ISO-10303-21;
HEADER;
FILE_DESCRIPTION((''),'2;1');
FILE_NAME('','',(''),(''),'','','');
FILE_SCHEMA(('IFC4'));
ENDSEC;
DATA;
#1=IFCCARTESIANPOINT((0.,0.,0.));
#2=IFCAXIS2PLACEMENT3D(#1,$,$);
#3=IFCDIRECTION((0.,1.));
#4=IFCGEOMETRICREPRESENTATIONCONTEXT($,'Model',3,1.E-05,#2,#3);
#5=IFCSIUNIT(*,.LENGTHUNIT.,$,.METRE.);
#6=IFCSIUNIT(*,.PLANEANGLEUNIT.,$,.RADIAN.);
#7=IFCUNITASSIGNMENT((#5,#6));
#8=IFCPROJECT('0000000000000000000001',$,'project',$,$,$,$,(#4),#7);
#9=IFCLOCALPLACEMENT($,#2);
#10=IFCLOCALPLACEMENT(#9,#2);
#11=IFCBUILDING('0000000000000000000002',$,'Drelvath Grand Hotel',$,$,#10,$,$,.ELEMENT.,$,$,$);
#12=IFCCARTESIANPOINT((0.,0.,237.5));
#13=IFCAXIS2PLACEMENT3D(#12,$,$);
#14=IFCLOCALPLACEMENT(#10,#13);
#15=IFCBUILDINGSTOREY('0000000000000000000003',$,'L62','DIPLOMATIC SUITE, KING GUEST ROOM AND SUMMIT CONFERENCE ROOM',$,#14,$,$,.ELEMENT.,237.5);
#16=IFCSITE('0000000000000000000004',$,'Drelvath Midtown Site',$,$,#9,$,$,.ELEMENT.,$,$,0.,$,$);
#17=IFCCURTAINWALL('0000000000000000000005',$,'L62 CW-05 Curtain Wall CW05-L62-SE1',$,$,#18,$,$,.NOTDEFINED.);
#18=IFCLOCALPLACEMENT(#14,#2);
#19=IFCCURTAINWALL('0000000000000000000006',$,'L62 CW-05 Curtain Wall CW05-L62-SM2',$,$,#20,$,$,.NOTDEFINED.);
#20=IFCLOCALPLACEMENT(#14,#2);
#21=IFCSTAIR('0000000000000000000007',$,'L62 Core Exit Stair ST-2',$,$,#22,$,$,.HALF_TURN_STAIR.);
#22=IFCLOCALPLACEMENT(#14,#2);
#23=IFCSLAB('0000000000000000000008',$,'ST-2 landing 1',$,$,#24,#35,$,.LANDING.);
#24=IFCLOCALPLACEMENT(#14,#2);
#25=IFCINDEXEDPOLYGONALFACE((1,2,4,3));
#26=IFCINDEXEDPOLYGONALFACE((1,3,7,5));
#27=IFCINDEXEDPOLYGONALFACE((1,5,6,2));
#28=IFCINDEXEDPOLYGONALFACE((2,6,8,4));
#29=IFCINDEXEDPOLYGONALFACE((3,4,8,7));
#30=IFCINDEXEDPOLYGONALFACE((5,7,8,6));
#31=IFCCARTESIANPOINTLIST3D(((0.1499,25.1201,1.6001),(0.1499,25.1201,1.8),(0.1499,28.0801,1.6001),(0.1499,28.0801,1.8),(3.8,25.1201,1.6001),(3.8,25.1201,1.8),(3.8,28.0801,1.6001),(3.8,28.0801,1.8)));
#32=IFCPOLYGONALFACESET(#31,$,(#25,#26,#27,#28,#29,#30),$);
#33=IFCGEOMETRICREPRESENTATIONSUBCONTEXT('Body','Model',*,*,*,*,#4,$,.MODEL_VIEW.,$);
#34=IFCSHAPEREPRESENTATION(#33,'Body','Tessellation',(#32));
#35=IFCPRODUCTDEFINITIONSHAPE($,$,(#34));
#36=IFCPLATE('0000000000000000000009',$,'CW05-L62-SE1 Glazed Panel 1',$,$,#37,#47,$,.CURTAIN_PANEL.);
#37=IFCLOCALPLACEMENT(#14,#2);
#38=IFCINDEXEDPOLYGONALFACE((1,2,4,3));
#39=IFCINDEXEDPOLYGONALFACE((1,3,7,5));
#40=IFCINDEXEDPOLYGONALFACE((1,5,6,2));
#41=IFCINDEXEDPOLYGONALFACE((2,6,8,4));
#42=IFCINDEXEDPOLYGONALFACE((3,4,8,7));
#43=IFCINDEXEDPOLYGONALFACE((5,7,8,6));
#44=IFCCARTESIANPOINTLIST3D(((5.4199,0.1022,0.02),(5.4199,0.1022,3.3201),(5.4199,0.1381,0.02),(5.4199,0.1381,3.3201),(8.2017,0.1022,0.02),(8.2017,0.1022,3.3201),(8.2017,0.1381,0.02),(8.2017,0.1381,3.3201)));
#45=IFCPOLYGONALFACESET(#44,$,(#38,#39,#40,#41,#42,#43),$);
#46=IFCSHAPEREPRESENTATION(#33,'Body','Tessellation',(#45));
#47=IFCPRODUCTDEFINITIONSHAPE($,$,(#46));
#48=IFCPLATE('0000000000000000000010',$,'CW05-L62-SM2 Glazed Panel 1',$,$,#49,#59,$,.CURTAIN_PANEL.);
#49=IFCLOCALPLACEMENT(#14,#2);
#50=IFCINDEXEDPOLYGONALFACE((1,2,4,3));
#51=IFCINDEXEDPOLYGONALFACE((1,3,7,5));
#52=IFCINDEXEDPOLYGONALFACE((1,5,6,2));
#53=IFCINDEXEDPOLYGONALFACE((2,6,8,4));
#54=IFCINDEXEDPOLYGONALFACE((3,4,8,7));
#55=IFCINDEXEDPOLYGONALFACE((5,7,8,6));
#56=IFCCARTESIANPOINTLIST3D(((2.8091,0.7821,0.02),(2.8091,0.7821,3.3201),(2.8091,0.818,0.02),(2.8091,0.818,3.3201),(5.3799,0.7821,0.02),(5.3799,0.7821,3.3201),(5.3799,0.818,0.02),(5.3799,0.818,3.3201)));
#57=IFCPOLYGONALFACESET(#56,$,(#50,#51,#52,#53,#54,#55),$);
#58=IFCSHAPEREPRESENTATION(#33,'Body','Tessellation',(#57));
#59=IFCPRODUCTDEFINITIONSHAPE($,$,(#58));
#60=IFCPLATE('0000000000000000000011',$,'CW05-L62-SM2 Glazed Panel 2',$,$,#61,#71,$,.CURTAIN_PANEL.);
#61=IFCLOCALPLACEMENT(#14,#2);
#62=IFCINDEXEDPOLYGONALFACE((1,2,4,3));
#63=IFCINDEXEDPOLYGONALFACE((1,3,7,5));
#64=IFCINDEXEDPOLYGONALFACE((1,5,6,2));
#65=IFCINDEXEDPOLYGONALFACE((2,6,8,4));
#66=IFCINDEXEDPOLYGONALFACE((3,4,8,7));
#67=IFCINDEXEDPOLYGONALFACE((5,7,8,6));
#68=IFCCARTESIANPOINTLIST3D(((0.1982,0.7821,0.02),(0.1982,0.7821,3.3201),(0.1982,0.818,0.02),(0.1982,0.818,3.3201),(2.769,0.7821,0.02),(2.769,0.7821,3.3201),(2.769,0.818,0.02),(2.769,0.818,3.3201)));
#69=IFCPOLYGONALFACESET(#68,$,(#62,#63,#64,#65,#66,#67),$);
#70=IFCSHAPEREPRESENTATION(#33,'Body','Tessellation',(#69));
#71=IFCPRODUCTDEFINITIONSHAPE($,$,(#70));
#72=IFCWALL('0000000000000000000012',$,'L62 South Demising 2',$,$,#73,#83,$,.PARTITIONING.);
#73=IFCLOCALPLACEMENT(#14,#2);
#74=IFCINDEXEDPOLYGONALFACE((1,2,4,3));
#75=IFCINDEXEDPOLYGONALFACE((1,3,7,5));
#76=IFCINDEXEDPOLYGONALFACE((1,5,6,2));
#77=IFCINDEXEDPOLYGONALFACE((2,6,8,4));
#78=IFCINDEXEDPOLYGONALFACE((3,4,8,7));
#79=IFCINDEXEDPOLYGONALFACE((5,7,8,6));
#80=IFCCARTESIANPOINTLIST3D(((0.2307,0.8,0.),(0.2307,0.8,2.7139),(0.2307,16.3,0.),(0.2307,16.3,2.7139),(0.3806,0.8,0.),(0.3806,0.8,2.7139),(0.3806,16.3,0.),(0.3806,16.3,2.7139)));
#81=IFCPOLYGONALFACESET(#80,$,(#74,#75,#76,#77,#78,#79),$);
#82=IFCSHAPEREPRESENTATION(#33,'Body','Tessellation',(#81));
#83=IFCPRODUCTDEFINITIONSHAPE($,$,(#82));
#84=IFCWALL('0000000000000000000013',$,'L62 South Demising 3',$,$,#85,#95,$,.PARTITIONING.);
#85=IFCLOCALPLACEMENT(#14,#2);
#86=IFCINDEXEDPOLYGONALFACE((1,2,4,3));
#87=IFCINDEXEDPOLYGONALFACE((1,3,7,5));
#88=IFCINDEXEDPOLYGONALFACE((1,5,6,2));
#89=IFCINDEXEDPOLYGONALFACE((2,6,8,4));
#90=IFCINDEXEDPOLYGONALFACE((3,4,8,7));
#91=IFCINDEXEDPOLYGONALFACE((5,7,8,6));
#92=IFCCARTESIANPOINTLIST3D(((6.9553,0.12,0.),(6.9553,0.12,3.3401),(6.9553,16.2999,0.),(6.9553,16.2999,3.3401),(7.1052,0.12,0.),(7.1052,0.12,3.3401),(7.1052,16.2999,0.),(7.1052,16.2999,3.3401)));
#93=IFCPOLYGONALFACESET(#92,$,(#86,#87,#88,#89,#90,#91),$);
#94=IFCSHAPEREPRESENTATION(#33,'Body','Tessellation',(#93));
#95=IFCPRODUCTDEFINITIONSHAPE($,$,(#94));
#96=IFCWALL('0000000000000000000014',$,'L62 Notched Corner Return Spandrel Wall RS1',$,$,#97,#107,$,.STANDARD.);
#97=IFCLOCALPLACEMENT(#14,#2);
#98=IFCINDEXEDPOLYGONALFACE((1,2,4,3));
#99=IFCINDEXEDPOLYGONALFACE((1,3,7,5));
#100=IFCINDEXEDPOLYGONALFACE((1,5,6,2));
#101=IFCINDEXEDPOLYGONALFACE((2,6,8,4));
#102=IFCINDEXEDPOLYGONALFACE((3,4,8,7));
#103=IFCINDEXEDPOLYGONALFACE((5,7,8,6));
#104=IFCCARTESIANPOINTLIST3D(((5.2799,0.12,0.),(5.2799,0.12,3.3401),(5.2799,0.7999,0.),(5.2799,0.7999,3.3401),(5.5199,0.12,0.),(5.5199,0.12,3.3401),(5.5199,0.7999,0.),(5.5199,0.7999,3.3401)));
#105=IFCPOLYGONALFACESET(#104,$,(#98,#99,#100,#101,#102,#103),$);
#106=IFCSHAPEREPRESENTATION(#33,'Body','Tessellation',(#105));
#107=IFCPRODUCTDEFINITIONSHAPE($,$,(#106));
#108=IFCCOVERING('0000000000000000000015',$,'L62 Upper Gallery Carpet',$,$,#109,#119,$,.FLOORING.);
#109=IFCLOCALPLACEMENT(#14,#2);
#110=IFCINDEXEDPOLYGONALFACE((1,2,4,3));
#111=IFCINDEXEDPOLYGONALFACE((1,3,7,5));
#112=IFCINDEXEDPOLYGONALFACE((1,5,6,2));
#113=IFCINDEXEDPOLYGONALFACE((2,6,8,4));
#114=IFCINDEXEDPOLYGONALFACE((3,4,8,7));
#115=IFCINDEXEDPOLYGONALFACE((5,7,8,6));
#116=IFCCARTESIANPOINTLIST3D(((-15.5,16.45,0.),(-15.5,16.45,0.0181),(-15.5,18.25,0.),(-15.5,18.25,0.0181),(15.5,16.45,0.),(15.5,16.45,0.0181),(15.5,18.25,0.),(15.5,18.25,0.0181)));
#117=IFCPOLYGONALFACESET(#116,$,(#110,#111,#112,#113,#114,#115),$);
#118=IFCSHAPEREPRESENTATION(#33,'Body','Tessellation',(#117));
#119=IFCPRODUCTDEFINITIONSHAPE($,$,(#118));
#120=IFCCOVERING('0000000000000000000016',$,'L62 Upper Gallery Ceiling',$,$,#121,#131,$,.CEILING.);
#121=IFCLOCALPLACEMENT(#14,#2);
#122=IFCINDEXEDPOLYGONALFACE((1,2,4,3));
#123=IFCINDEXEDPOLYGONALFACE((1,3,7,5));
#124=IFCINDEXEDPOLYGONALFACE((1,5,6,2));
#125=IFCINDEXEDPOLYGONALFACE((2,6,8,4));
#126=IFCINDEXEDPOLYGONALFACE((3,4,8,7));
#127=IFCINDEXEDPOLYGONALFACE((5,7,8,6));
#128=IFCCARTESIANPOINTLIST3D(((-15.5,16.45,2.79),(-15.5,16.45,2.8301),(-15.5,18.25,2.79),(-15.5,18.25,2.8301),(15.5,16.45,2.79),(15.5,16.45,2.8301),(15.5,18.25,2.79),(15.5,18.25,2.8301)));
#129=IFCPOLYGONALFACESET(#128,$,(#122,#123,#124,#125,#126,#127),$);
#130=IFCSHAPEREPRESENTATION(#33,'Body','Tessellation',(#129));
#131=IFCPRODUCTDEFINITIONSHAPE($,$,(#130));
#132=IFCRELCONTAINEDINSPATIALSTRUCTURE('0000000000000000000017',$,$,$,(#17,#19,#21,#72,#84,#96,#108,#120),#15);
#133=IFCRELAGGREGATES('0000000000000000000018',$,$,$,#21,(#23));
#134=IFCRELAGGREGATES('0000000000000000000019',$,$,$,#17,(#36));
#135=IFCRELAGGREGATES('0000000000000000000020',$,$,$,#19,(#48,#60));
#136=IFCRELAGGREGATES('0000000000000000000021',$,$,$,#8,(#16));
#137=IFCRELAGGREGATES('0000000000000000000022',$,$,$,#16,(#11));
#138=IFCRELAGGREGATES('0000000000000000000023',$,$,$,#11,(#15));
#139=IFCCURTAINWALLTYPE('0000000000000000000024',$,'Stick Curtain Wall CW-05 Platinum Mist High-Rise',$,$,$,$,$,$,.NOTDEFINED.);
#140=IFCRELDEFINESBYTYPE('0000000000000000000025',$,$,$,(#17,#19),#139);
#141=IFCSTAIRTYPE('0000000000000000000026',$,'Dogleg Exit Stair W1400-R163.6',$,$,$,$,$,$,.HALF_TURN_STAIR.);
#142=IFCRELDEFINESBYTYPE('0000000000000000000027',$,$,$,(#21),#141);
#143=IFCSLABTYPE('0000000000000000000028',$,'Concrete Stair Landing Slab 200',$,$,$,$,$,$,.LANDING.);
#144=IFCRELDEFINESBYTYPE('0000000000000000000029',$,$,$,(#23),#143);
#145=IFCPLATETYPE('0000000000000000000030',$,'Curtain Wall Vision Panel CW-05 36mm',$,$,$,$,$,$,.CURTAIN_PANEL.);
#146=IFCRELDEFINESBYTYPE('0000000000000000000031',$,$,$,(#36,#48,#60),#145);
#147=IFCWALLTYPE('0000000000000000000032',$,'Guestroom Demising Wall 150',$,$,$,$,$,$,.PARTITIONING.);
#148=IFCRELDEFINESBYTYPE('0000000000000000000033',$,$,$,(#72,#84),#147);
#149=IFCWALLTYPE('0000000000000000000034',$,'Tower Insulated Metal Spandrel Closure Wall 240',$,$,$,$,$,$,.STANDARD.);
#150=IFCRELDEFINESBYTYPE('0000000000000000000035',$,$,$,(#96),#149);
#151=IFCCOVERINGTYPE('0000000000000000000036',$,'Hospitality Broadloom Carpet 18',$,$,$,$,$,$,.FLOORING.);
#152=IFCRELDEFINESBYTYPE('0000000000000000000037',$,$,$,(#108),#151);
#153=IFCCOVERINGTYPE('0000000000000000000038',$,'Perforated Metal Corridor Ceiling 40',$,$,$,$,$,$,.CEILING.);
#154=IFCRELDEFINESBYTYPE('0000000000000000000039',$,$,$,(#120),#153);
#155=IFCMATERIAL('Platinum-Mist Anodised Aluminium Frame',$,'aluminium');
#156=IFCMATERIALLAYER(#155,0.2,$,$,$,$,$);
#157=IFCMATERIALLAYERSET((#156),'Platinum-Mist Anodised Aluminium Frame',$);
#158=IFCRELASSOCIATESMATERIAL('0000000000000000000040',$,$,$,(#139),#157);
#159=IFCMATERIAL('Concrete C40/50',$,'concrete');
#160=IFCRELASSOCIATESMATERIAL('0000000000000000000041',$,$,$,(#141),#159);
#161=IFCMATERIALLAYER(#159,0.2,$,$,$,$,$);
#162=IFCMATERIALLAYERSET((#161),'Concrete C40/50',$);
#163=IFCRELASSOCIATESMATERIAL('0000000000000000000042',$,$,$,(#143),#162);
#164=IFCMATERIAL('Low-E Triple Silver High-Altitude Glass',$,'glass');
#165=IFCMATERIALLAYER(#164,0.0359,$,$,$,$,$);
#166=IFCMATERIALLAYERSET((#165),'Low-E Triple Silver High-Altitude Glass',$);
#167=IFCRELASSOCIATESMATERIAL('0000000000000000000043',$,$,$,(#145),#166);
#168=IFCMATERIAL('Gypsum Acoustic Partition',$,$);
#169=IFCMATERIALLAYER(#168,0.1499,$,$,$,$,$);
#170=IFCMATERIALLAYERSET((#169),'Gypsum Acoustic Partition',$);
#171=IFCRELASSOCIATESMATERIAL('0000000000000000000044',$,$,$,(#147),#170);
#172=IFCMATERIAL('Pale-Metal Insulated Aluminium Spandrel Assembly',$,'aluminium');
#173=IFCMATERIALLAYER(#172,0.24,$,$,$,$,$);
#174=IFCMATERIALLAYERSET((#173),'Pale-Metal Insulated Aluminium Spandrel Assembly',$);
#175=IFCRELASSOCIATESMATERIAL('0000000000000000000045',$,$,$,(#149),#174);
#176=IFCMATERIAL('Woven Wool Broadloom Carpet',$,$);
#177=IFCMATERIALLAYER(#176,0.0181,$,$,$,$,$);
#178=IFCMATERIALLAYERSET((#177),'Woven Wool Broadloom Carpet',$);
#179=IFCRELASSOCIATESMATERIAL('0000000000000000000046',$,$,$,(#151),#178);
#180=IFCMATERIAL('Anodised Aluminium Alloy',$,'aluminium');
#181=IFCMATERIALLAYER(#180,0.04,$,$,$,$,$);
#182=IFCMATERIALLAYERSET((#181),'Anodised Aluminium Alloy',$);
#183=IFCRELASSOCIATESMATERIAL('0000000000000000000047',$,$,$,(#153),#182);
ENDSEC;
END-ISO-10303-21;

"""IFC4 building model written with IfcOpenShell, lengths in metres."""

from ifc_helpers import new_model, si_unit, direction, frame, frame_2d, origin, origin_2d, place, context, subcontext, project, spatial, polyline, rectangle, outline, extrude, material, layer, layer_set, type_object, element, aggregate, save


model = new_model("IFC4")

# Units and contexts
model_context = context("Model", 3, precision=1e-05, world=origin(), true_north=direction((0.0, 1.0)))
body_context = subcontext(model_context, "Body", "Model", "MODEL_VIEW")
ifc_project = project(units=[si_unit("LENGTHUNIT", "METRE"), si_unit("PLANEANGLEUNIT", "RADIAN")], contexts=[model_context])

# Site, building, storey
site_placement = place(None, origin())
site = spatial("IfcSite", under=ifc_project, at=site_placement, Name="Drelvath Midtown Site", CompositionType="ELEMENT", RefElevation=0.0)
building_placement = place(site_placement, origin())
building = spatial("IfcBuilding", under=site, at=building_placement, Name="Drelvath Grand Hotel", CompositionType="ELEMENT")
storey_placement = place(building_placement, frame((0.0, 0.0, 237.5)))
storey = spatial("IfcBuildingStorey", under=building, at=storey_placement, Name="L62", Description="DIPLOMATIC SUITE, KING GUEST ROOM AND SUMMIT CONFERENCE ROOM", CompositionType="ELEMENT", Elevation=237.5)

# Curtain walls
ifc_material_1 = material(Name="Platinum-Mist Anodised Aluminium Frame", Category="aluminium")
ifc_layer_1 = layer(ifc_material_1, 0.2)
ifc_layer_set_1 = layer_set([ifc_layer_1], Name="Platinum-Mist Anodised Aluminium Frame")
curtain_wall_type = type_object("IfcCurtainWallType", Name="Stick Curtain Wall CW-05 Platinum Mist High-Rise", PredefinedType="NOTDEFINED", material=ifc_layer_set_1)
curtain_wall_1_placement = place(storey_placement, origin())
curtain_wall_1 = element("IfcCurtainWall", 1, at=curtain_wall_1_placement, inside=storey, type_object=curtain_wall_type, Name="L62 CW-05 Curtain Wall CW05-L62-SE1", PredefinedType="NOTDEFINED")
curtain_wall_2_placement = place(storey_placement, origin())
curtain_wall_2 = element("IfcCurtainWall", 2, at=curtain_wall_2_placement, inside=storey, type_object=curtain_wall_type, Name="L62 CW-05 Curtain Wall CW05-L62-SM2", PredefinedType="NOTDEFINED")

# Stair, slab
ifc_material_2 = material(Name="Concrete C40/50", Category="concrete")
stair_type = type_object("IfcStairType", Name="Dogleg Exit Stair W1400-R163.6", PredefinedType="HALF_TURN_STAIR", material=ifc_material_2)
stair_placement = place(storey_placement, origin())
stair = element("IfcStair", 3, at=stair_placement, inside=storey, type_object=stair_type, Name="L62 Core Exit Stair ST-2", PredefinedType="HALF_TURN_STAIR")
ifc_layer_2 = layer(ifc_material_2, 0.2)
ifc_layer_set_2 = layer_set([ifc_layer_2], Name="Concrete C40/50")
slab_type = type_object("IfcSlabType", Name="Concrete Stair Landing Slab 200", PredefinedType="LANDING", material=ifc_layer_set_2)
slab_placement = place(storey_placement, frame((0.0, 0.0, 1.6001)))
slab = element("IfcSlab", 4, at=slab_placement, type_object=slab_type, Name="ST-2 landing 1", PredefinedType="LANDING", context=body_context, shape_type="SweptSolid", body=[
    extrude(outline(polyline([(3.8, 28.0801), (0.1499, 28.0801), (0.1499, 25.1201), (3.8, 25.1201), (3.8, 28.0801)])), origin(), (0.0, 0.0, 1.0), 0.2),
])
aggregate(stair, [slab])

# Plates
ifc_material_3 = material(Name="Low-E Triple Silver High-Altitude Glass", Category="glass")
ifc_layer_3 = layer(ifc_material_3, 0.0359)
ifc_layer_set_3 = layer_set([ifc_layer_3], Name="Low-E Triple Silver High-Altitude Glass")
plate_type = type_object("IfcPlateType", Name="Curtain Wall Vision Panel CW-05 36mm", PredefinedType="CURTAIN_PANEL", material=ifc_layer_set_3)
plate_1_placement = place(storey_placement, frame((6.8108, 0.1201, 0.02), z_axis=(0.0, 0.0, 1.0), x_axis=(-1.0, 0.0, 0.0)))
plate_1 = element("IfcPlate", 5, at=plate_1_placement, type_object=plate_type, Name="CW05-L62-SE1 Glazed Panel 1", PredefinedType="CURTAIN_PANEL", context=body_context, shape_type="SweptSolid", body=[
    extrude(rectangle(XDim=2.7817, YDim=0.0359, at=origin_2d()), origin(), (0.0, 0.0, 1.0), 3.3),
])
aggregate(curtain_wall_1, [plate_1])
plate_2_placement = place(storey_placement, frame((4.0945, 0.8, 0.02), z_axis=(0.0, 0.0, 1.0), x_axis=(-1.0, 0.0, 0.0)))
plate_2 = element("IfcPlate", 6, at=plate_2_placement, type_object=plate_type, Name="CW05-L62-SM2 Glazed Panel 1", PredefinedType="CURTAIN_PANEL", context=body_context, shape_type="SweptSolid", body=[
    extrude(rectangle(XDim=2.5708, YDim=0.0359, at=origin_2d()), origin(), (0.0, 0.0, 1.0), 3.3),
])
plate_3_placement = place(storey_placement, frame((1.4836, 0.8, 0.02), z_axis=(0.0, 0.0, 1.0), x_axis=(-1.0, 0.0, 0.0)))
plate_3 = element("IfcPlate", 7, at=plate_3_placement, type_object=plate_type, Name="CW05-L62-SM2 Glazed Panel 2", PredefinedType="CURTAIN_PANEL", context=body_context, shape_type="SweptSolid", body=[
    extrude(rectangle(XDim=2.5708, YDim=0.0359, at=origin_2d()), origin(), (0.0, 0.0, 1.0), 3.3),
])
aggregate(curtain_wall_2, [plate_2, plate_3])

# Walls
ifc_material_4 = material(Name="Gypsum Acoustic Partition")
ifc_layer_4 = layer(ifc_material_4, 0.1499)
ifc_layer_set_4 = layer_set([ifc_layer_4], Name="Gypsum Acoustic Partition")
wall_type_1 = type_object("IfcWallType", Name="Guestroom Demising Wall 150", PredefinedType="PARTITIONING", material=ifc_layer_set_4)
wall_1_placement = place(storey_placement, frame((0.3057, 0.8, 0.0), z_axis=(0.0, 0.0, 1.0), x_axis=(0.0, 1.0, 0.0)))
element("IfcWall", 8, at=wall_1_placement, inside=storey, type_object=wall_type_1, Name="L62 South Demising 2", PredefinedType="PARTITIONING", context=body_context, shape_type="SweptSolid", body=[
    extrude(rectangle(XDim=15.5, YDim=0.1499, at=frame_2d((7.75, 0.0))), origin(), (0.0, 0.0, 1.0), 2.7139),
])
wall_2_placement = place(storey_placement, frame((7.0303, 0.1201, 0.0), z_axis=(0.0, 0.0, 1.0), x_axis=(0.0, 1.0, 0.0)))
element("IfcWall", 9, at=wall_2_placement, inside=storey, type_object=wall_type_1, Name="L62 South Demising 3", PredefinedType="PARTITIONING", context=body_context, shape_type="SweptSolid", body=[
    extrude(rectangle(XDim=16.1799, YDim=0.1499, at=frame_2d((8.0898, 0.0))), origin(), (0.0, 0.0, 1.0), 3.3401),
])
ifc_material_5 = material(Name="Pale-Metal Insulated Aluminium Spandrel Assembly", Category="aluminium")
ifc_layer_5 = layer(ifc_material_5, 0.24)
ifc_layer_set_5 = layer_set([ifc_layer_5], Name="Pale-Metal Insulated Aluminium Spandrel Assembly")
wall_type_2 = type_object("IfcWallType", Name="Tower Insulated Metal Spandrel Closure Wall 240", PredefinedType="STANDARD", material=ifc_layer_set_5)
wall_3_placement = place(storey_placement, frame((5.3999, 0.1201, 0.0), z_axis=(0.0, 0.0, 1.0), x_axis=(0.0, 1.0, 0.0)))
element("IfcWall", 10, at=wall_3_placement, inside=storey, type_object=wall_type_2, Name="L62 Notched Corner Return Spandrel Wall RS1", PredefinedType="STANDARD", context=body_context, shape_type="SweptSolid", body=[
    extrude(rectangle(XDim=0.6799, YDim=0.24, at=frame_2d((0.3398, 0.0))), origin(), (0.0, 0.0, 1.0), 3.3401),
])

# Coverings
ifc_material_6 = material(Name="Woven Wool Broadloom Carpet")
ifc_layer_6 = layer(ifc_material_6, 0.0181)
ifc_layer_set_6 = layer_set([ifc_layer_6], Name="Woven Wool Broadloom Carpet")
covering_type_1 = type_object("IfcCoveringType", Name="Hospitality Broadloom Carpet 18", PredefinedType="FLOORING", material=ifc_layer_set_6)
covering_1_placement = place(storey_placement, origin())
element("IfcCovering", 11, at=covering_1_placement, inside=storey, type_object=covering_type_1, Name="L62 Upper Gallery Carpet", PredefinedType="FLOORING", context=body_context, shape_type="SweptSolid", body=[
    extrude(outline(polyline([(15.5, 16.45), (15.5, 18.25), (-15.5, 18.25), (-15.5, 16.45), (15.5, 16.45)])), origin(), (0.0, 0.0, 1.0), 0.0181),
])
ifc_material_7 = material(Name="Anodised Aluminium Alloy", Category="aluminium")
ifc_layer_7 = layer(ifc_material_7, 0.04)
ifc_layer_set_7 = layer_set([ifc_layer_7], Name="Anodised Aluminium Alloy")
covering_type_2 = type_object("IfcCoveringType", Name="Perforated Metal Corridor Ceiling 40", PredefinedType="CEILING", material=ifc_layer_set_7)
covering_2_placement = place(storey_placement, frame((0.0, 0.0, 2.79)))
element("IfcCovering", 12, at=covering_2_placement, inside=storey, type_object=covering_type_2, Name="L62 Upper Gallery Ceiling", PredefinedType="CEILING", context=body_context, shape_type="SweptSolid", body=[
    extrude(outline(polyline([(15.5, 16.45), (15.5, 18.25), (-15.5, 18.25), (-15.5, 16.45), (15.5, 16.45)])), origin(), (0.0, 0.0, 1.0), 0.04),
])

save(model, "model.ifc")
